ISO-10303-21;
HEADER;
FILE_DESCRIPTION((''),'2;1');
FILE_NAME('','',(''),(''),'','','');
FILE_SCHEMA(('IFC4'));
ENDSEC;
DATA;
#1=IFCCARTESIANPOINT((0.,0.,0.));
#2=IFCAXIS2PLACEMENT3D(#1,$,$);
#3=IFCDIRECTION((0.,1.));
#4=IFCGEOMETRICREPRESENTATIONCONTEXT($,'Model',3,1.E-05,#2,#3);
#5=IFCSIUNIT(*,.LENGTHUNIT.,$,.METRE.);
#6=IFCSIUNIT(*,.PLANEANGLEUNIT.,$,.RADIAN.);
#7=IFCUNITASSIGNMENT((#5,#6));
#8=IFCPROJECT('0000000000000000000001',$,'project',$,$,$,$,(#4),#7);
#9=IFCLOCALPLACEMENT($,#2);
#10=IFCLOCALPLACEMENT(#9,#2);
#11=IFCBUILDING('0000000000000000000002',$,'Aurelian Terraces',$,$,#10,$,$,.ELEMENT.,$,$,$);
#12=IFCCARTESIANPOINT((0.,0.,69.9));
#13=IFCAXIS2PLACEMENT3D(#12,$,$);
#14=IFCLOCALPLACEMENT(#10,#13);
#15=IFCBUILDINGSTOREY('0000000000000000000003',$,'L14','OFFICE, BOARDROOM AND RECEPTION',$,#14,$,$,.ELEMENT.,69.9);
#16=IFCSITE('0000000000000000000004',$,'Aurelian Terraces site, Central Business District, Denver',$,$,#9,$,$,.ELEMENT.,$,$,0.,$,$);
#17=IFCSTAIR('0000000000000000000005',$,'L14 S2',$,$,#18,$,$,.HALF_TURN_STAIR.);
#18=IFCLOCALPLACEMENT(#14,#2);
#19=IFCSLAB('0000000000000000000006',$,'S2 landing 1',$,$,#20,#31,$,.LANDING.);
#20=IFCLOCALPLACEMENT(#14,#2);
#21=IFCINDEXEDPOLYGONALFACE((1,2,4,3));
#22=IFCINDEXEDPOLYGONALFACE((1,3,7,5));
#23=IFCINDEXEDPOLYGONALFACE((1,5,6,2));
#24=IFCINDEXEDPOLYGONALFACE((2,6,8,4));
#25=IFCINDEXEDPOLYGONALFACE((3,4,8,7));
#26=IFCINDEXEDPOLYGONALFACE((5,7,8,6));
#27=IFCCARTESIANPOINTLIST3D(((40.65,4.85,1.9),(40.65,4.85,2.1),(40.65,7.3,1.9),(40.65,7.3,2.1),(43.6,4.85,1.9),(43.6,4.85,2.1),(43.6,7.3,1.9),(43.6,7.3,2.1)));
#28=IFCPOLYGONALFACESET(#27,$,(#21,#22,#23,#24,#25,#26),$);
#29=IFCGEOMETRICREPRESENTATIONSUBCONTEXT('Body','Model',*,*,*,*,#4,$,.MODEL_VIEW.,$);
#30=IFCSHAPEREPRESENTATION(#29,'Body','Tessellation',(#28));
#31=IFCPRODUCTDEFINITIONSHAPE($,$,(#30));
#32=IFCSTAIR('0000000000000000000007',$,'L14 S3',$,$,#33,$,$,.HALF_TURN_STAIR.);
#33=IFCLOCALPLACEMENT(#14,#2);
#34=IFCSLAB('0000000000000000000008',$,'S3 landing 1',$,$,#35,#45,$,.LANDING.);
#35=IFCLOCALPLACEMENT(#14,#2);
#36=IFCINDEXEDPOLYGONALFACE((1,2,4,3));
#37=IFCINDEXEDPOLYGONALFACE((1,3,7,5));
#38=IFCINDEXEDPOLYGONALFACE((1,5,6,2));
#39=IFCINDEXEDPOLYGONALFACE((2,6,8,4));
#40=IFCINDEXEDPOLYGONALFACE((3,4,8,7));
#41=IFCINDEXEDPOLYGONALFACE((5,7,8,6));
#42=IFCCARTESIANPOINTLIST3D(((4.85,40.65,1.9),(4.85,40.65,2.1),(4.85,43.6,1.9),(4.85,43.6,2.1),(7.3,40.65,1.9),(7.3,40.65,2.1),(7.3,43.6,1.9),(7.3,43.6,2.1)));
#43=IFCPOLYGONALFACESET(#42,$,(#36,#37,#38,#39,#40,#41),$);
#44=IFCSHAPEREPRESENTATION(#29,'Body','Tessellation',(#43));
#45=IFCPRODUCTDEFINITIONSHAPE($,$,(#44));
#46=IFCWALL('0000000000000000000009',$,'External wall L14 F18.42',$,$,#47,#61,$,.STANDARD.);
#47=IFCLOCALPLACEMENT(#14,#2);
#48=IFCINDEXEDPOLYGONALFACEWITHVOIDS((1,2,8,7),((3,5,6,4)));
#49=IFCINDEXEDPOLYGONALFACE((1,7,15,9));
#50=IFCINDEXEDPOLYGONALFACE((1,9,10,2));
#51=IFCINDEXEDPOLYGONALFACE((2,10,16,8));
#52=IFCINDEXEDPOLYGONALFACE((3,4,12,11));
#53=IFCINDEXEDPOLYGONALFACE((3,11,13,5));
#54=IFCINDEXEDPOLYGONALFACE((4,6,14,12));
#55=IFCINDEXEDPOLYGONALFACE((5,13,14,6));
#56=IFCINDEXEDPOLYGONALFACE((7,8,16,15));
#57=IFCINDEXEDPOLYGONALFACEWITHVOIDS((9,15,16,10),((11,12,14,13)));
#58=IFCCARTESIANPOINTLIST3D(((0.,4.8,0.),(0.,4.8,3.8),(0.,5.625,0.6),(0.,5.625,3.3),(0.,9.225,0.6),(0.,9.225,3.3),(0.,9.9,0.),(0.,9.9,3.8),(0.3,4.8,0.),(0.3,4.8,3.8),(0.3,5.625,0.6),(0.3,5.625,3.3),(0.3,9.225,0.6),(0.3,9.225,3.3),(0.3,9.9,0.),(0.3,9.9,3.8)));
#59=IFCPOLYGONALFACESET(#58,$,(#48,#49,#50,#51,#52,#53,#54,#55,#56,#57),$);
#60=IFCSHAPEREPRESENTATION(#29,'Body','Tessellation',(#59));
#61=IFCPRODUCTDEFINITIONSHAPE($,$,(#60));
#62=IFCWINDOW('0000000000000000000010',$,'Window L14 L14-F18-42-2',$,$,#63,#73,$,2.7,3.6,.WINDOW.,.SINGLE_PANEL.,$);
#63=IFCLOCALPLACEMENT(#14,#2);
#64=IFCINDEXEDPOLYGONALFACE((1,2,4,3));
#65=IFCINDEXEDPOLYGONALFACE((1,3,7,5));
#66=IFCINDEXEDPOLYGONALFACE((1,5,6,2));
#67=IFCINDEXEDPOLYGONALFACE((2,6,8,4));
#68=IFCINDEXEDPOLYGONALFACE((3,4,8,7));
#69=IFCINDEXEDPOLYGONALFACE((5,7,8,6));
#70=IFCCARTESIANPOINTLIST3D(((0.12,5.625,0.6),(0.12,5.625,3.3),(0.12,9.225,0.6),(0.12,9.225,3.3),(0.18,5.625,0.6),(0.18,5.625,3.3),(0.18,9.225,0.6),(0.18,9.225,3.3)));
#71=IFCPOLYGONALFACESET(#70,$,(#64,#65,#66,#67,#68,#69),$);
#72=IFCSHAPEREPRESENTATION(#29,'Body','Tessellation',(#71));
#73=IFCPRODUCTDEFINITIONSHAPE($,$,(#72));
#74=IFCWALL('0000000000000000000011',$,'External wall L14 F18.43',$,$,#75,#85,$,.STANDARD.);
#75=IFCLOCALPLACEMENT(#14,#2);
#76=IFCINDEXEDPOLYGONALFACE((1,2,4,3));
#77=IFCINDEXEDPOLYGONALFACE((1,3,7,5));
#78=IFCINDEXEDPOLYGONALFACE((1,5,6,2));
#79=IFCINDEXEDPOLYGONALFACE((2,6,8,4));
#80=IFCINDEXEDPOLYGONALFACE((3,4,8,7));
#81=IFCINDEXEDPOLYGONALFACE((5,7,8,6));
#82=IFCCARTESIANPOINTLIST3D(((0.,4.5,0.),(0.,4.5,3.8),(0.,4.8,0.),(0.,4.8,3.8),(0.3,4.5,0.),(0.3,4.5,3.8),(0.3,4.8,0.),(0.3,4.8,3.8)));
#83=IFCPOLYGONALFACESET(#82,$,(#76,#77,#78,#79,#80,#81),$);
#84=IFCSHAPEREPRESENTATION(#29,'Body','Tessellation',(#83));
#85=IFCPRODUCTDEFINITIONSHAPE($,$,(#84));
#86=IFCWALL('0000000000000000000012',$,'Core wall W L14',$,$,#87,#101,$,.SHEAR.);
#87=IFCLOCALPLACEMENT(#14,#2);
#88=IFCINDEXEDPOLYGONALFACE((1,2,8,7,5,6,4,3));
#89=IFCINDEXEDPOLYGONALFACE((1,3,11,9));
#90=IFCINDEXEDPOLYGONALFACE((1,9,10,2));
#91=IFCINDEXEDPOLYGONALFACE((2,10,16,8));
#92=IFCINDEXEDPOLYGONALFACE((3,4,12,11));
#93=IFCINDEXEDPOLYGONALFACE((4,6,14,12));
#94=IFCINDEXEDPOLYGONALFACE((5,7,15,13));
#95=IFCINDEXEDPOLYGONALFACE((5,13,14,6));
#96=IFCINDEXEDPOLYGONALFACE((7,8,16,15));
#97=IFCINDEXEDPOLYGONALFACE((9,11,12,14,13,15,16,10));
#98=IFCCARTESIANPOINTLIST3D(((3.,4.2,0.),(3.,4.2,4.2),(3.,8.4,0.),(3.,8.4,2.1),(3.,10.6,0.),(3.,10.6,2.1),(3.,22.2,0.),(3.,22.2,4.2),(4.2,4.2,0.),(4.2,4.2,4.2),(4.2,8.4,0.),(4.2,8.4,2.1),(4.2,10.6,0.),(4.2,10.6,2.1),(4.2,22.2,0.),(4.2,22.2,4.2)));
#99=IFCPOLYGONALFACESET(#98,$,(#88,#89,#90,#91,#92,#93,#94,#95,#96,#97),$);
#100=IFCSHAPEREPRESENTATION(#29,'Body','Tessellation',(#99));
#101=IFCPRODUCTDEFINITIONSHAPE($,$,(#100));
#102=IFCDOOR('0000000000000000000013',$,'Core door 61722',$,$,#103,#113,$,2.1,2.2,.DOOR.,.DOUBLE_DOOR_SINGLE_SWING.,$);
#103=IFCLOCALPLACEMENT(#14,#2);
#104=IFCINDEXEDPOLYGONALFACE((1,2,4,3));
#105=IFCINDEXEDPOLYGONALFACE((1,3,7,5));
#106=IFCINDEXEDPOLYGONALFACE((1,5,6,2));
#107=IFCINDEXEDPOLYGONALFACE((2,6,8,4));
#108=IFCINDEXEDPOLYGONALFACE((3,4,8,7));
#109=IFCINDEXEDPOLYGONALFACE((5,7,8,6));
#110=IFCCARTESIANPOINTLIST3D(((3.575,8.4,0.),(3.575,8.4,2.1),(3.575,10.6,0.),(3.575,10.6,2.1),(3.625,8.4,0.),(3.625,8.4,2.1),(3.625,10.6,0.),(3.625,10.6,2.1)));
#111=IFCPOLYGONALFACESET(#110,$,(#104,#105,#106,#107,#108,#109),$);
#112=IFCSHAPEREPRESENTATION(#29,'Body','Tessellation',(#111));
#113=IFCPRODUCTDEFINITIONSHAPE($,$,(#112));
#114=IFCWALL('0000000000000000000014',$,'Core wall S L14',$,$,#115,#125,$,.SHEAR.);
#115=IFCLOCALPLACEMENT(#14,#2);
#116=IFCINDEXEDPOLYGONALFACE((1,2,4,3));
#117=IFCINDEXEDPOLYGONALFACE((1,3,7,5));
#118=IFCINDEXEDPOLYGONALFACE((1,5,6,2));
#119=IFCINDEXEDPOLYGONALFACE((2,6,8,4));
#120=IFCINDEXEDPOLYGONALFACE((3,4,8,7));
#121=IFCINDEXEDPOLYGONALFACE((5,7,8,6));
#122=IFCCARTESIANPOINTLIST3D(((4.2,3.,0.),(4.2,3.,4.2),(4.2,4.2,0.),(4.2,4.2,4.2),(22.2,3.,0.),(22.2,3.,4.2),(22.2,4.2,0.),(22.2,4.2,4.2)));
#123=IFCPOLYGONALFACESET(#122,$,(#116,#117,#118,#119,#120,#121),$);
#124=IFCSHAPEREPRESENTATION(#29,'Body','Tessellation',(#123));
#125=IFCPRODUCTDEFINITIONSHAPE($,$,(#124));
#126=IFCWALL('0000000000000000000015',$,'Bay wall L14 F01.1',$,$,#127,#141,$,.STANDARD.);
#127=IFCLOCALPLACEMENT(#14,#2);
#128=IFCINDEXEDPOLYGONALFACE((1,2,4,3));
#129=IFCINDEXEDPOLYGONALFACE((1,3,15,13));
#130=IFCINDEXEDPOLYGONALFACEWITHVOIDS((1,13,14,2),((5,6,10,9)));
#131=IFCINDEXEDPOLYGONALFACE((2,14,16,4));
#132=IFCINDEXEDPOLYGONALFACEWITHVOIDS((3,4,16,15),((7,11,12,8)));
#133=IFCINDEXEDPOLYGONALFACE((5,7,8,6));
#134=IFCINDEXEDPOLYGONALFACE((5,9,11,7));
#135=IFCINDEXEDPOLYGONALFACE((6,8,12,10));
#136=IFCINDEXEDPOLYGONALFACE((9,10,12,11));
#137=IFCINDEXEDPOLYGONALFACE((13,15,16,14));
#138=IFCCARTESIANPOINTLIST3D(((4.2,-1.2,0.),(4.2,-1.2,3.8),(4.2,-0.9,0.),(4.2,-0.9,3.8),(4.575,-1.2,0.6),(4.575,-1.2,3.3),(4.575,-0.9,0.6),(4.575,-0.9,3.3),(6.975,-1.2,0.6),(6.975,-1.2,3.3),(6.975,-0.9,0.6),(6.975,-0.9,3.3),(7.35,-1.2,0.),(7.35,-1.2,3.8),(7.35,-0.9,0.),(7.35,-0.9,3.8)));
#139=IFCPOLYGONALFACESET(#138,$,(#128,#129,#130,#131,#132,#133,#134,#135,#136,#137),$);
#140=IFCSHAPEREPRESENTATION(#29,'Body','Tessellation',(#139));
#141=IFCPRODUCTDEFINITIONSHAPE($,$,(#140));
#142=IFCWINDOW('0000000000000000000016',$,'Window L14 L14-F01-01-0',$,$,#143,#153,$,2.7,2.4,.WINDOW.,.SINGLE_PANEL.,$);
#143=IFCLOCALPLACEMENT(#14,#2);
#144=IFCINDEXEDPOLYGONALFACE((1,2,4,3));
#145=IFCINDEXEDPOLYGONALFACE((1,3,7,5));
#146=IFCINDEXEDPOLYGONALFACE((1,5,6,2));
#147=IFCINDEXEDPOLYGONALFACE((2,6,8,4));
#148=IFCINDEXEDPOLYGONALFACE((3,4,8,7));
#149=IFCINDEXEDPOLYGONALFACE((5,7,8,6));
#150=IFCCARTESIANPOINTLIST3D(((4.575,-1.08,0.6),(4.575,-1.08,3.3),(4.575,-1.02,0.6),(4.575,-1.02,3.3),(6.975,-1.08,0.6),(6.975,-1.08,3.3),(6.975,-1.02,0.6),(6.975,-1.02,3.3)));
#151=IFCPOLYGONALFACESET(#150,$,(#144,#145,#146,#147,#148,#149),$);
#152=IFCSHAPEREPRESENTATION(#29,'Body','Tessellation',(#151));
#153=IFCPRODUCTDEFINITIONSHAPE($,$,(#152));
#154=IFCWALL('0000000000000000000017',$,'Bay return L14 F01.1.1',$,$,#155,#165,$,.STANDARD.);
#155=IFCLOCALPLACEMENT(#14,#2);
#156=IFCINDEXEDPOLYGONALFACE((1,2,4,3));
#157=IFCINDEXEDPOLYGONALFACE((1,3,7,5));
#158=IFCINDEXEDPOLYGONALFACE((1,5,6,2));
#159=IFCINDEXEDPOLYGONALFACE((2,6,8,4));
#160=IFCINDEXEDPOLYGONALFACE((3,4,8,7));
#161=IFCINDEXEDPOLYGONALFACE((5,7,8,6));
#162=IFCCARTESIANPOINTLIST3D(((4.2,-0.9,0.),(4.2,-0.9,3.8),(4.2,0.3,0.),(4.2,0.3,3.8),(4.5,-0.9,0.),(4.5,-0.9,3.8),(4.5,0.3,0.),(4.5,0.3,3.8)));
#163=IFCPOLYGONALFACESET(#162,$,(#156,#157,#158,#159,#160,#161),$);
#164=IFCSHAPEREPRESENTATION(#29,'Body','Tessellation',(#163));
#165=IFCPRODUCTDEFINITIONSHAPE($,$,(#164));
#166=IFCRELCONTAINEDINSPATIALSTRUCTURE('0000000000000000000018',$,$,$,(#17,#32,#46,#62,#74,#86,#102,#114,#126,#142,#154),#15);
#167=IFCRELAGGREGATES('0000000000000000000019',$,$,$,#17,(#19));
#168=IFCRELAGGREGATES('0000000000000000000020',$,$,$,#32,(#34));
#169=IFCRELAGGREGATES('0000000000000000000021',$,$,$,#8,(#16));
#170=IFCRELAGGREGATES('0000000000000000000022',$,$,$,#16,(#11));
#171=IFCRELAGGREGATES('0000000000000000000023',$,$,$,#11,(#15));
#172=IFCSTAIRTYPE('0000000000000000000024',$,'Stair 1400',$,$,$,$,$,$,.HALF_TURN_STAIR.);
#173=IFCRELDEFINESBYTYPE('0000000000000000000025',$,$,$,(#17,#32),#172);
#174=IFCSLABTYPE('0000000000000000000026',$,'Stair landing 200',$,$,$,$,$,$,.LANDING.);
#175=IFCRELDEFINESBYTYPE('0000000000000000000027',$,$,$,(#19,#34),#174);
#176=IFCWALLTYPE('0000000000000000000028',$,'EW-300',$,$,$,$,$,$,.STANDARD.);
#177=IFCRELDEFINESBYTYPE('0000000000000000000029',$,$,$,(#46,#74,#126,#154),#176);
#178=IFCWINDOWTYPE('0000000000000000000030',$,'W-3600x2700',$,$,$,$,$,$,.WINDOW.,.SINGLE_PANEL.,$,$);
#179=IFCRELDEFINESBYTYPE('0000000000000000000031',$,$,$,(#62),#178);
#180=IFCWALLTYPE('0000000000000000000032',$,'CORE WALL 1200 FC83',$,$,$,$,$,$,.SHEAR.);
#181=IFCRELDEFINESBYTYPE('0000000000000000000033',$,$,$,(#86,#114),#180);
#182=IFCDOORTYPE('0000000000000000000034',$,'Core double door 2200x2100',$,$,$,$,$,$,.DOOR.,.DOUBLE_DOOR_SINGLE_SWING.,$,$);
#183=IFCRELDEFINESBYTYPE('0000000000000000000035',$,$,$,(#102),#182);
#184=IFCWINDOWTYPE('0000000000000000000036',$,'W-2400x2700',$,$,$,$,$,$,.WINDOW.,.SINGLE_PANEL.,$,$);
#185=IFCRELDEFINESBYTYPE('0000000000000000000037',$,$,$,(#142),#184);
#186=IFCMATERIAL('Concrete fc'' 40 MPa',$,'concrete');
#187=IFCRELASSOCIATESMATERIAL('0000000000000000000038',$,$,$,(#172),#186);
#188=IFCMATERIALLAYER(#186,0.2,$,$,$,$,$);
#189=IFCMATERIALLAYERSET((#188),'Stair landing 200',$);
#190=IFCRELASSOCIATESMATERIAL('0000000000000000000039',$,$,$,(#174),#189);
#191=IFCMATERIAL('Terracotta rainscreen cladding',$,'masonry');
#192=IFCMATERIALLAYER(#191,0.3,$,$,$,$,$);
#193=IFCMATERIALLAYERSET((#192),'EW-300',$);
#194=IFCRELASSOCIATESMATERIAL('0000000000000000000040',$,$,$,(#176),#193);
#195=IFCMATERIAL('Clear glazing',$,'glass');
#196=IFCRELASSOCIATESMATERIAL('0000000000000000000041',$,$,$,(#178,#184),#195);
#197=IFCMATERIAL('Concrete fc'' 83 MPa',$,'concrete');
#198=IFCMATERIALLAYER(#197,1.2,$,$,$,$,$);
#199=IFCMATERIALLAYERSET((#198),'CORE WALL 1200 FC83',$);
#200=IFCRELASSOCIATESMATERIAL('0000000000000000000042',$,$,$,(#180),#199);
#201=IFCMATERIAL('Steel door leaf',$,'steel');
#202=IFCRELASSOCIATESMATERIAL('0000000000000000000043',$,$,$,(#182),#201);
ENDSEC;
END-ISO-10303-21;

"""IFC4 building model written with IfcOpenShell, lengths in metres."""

from ifc_helpers import new_model, si_unit, direction, frame, frame_2d, origin, place, context, subcontext, project, spatial, polyline, rectangle, outline, extrude, source, transform, mapped, material, layer, layer_set, type_object, element, fill, aggregate, save


model = new_model("IFC4")

# Units and contexts
model_context = context("Model", 3, precision=1e-05, world=origin(), true_north=direction((0.0, 1.0)))
body_context = subcontext(model_context, "Body", "Model", "MODEL_VIEW")
ifc_project = project(units=[si_unit("LENGTHUNIT", "METRE"), si_unit("PLANEANGLEUNIT", "RADIAN")], contexts=[model_context])

# Site, building, storey
site_placement = place(None, origin())
site = spatial("IfcSite", under=ifc_project, at=site_placement, Name="Aurelian Terraces site, Central Business District, Denver", CompositionType="ELEMENT", RefElevation=0.0)
building_placement = place(site_placement, origin())
building = spatial("IfcBuilding", under=site, at=building_placement, Name="Aurelian Terraces", CompositionType="ELEMENT")
storey_placement = place(building_placement, frame((0.0, 0.0, 69.9)))
storey = spatial("IfcBuildingStorey", under=building, at=storey_placement, Name="L14", Description="OFFICE, BOARDROOM AND RECEPTION", CompositionType="ELEMENT", Elevation=69.9)

# Stairs, slabs
ifc_material_1 = material(Name="Concrete fc' 40 MPa", Category="concrete")
stair_type = type_object("IfcStairType", Name="Stair 1400", PredefinedType="HALF_TURN_STAIR", material=ifc_material_1)
stair_1_placement = place(storey_placement, origin())
stair_1 = element("IfcStair", 1, at=stair_1_placement, inside=storey, type_object=stair_type, Name="L14 S2", PredefinedType="HALF_TURN_STAIR")
ifc_layer_1 = layer(ifc_material_1, 0.2)
ifc_layer_set_1 = layer_set([ifc_layer_1], Name="Stair landing 200")
slab_type = type_object("IfcSlabType", Name="Stair landing 200", PredefinedType="LANDING", material=ifc_layer_set_1)
shared_shape_1 = source(origin(), body_context, "Body", "SweptSolid", [
    extrude(outline(polyline([(43.6, 4.85), (43.6, 7.3), (40.65, 7.3), (40.65, 4.85), (43.6, 4.85)])), origin(), (0.0, 0.0, 1.0), 0.2),
])
slab_1_placement = place(storey_placement, frame((0.0, 0.0, 1.9)))
slab_1 = element("IfcSlab", 2, at=slab_1_placement, type_object=slab_type, Name="S2 landing 1", PredefinedType="LANDING", context=body_context, shape_type="MappedRepresentation", body=[
    mapped(shared_shape_1, transform((0.0, 0.0, 0.0), scale=1.0)),
])
aggregate(stair_1, [slab_1])
stair_2_placement = place(storey_placement, origin())
stair_2 = element("IfcStair", 3, at=stair_2_placement, inside=storey, type_object=stair_type, Name="L14 S3", PredefinedType="HALF_TURN_STAIR")
shared_shape_2 = source(origin(), body_context, "Body", "SweptSolid", [
    extrude(outline(polyline([(4.85, 40.65), (7.3, 40.65), (7.3, 43.6), (4.85, 43.6), (4.85, 40.65)])), origin(), (0.0, 0.0, 1.0), 0.2),
])
slab_2_placement = place(storey_placement, frame((0.0, 0.0, 1.9)))
slab_2 = element("IfcSlab", 4, at=slab_2_placement, type_object=slab_type, Name="S3 landing 1", PredefinedType="LANDING", context=body_context, shape_type="MappedRepresentation", body=[
    mapped(shared_shape_2, transform((0.0, 0.0, 0.0), scale=1.0)),
])
aggregate(stair_2, [slab_2])

# Wall, opening, window
ifc_material_2 = material(Name="Terracotta rainscreen cladding", Category="masonry")
ifc_layer_2 = layer(ifc_material_2, 0.3)
ifc_layer_set_2 = layer_set([ifc_layer_2], Name="EW-300")
wall_type_1 = type_object("IfcWallType", Name="EW-300", PredefinedType="STANDARD", material=ifc_layer_set_2)
wall_1_placement = place(storey_placement, frame((0.15, 9.9, 0.0), z_axis=(0.0, 0.0, 1.0), x_axis=(0.0, -1.0, 0.0)))
wall_1 = element("IfcWall", 5, at=wall_1_placement, inside=storey, type_object=wall_type_1, Name="External wall L14 F18.42", PredefinedType="STANDARD", context=body_context, shape_type="SweptSolid", body=[
    extrude(rectangle(XDim=5.1, YDim=0.3, at=frame_2d((2.55, 0.0))), origin(), (0.0, 0.0, 1.0), 3.8),
])
shared_shape_3 = source(origin(), body_context, "Body", "SweptSolid", [
    extrude(rectangle(XDim=3.6, YDim=2.7, at=frame_2d((1.8, 1.35))), frame((0.0, 0.16, 0.0), z_axis=(0.0, -1.0, 0.0), x_axis=(1.0, 0.0, 0.0)), (0.0, 0.0, 1.0), 0.32),
])
opening_1_placement = place(wall_1_placement, frame((0.675, 0.0, 0.6)))
opening_1 = element("IfcOpeningElement", 6, at=opening_1_placement, cuts=wall_1, PredefinedType="OPENING", context=body_context, shape_type="MappedRepresentation", body=[
    mapped(shared_shape_3, transform((0.0, 0.0, 0.0), scale=1.0)),
])
ifc_material_3 = material(Name="Clear glazing", Category="glass")
window_type_1 = type_object("IfcWindowType", Name="W-3600x2700", PartitioningType="SINGLE_PANEL", PredefinedType="WINDOW", material=ifc_material_3)
shared_shape_4 = source(origin(), body_context, "Body", "SweptSolid", [
    extrude(rectangle(XDim=3.6, YDim=2.7, at=frame_2d((1.8, 1.35))), frame((0.0, 0.03, 0.0), z_axis=(0.0, -1.0, 0.0), x_axis=(1.0, 0.0, 0.0)), (0.0, 0.0, 1.0), 0.06),
])
window_1_placement = place(opening_1_placement, origin())
window_1 = element("IfcWindow", 7, at=window_1_placement, inside=storey, type_object=window_type_1, Name="Window L14 L14-F18-42-2", OverallHeight=2.7, OverallWidth=3.6, PartitioningType="SINGLE_PANEL", PredefinedType="WINDOW", context=body_context, shape_type="MappedRepresentation", body=[
    mapped(shared_shape_4, transform((0.0, 0.0, 0.0), scale=1.0)),
])
fill(opening_1, window_1)

# Wall
wall_2_placement = place(storey_placement, frame((0.15, 4.8, 0.0), z_axis=(0.0, 0.0, 1.0), x_axis=(0.0, -1.0, 0.0)))
element("IfcWall", 8, at=wall_2_placement, inside=storey, type_object=wall_type_1, Name="External wall L14 F18.43", PredefinedType="STANDARD", context=body_context, shape_type="SweptSolid", body=[
    extrude(rectangle(XDim=0.3, YDim=0.3, at=frame_2d((0.15, 0.0))), origin(), (0.0, 0.0, 1.0), 3.8),
])

# Wall, opening, door
ifc_material_4 = material(Name="Concrete fc' 83 MPa", Category="concrete")
ifc_layer_3 = layer(ifc_material_4, 1.2)
ifc_layer_set_3 = layer_set([ifc_layer_3], Name="CORE WALL 1200 FC83")
wall_type_2 = type_object("IfcWallType", Name="CORE WALL 1200 FC83", PredefinedType="SHEAR", material=ifc_layer_set_3)
shared_shape_5 = source(origin(), body_context, "Body", "SweptSolid", [
    extrude(rectangle(XDim=18.0, YDim=1.2, at=frame_2d((9.0, 0.0))), origin(), (0.0, 0.0, 1.0), 4.2),
])
wall_3_placement = place(storey_placement, frame((3.6, 4.2, 0.0), z_axis=(0.0, 0.0, 1.0), x_axis=(0.0, 1.0, 0.0)))
wall_3 = element("IfcWall", 9, at=wall_3_placement, inside=storey, type_object=wall_type_2, Name="Core wall W L14", PredefinedType="SHEAR", context=body_context, shape_type="MappedRepresentation", body=[
    mapped(shared_shape_5, transform((0.0, 0.0, 0.0), scale=1.0)),
])
shared_shape_6 = source(origin(), body_context, "Body", "SweptSolid", [
    extrude(rectangle(XDim=2.2, YDim=2.1, at=frame_2d((1.1, 1.05))), frame((0.0, 0.61, 0.0), z_axis=(0.0, -1.0, 0.0), x_axis=(1.0, 0.0, 0.0)), (0.0, 0.0, 1.0), 1.22),
])
opening_2_placement = place(wall_3_placement, frame((4.2, 0.0, 0.0)))
opening_2 = element("IfcOpeningElement", 10, at=opening_2_placement, cuts=wall_3, PredefinedType="OPENING", context=body_context, shape_type="MappedRepresentation", body=[
    mapped(shared_shape_6, transform((0.0, 0.0, 0.0), scale=1.0)),
])
ifc_material_5 = material(Name="Steel door leaf", Category="steel")
door_type_1 = type_object("IfcDoorType", Name="Core double door 2200x2100", OperationType="DOUBLE_DOOR_SINGLE_SWING", PredefinedType="DOOR", material=ifc_material_5)
shared_shape_7 = source(origin(), body_context, "Body", "SweptSolid", [
    extrude(rectangle(XDim=2.2, YDim=2.1, at=frame_2d((1.1, 1.05))), frame((0.0, 0.025, 0.0), z_axis=(0.0, -1.0, 0.0), x_axis=(1.0, 0.0, 0.0)), (0.0, 0.0, 1.0), 0.05),
])
door_1_placement = place(opening_2_placement, origin())
door_1 = element("IfcDoor", 11, at=door_1_placement, inside=storey, type_object=door_type_1, Name="Core door 61722", OperationType="DOUBLE_DOOR_SINGLE_SWING", OverallHeight=2.1, OverallWidth=2.2, PredefinedType="DOOR", context=body_context, shape_type="MappedRepresentation", body=[
    mapped(shared_shape_7, transform((0.0, 0.0, 0.0), scale=1.0)),
])
fill(opening_2, door_1)

# Wall
wall_4_placement = place(storey_placement, frame((4.2, 3.6, 0.0), z_axis=(0.0, 0.0, 1.0), x_axis=(1.0, 0.0, 0.0)))
element("IfcWall", 12, at=wall_4_placement, inside=storey, type_object=wall_type_2, Name="Core wall S L14", PredefinedType="SHEAR", context=body_context, shape_type="MappedRepresentation", body=[
    mapped(shared_shape_5, transform((0.0, 0.0, 0.0), scale=1.0)),
])

# Wall, opening, window
shared_shape_8 = source(origin(), body_context, "Body", "SweptSolid", [
    extrude(rectangle(XDim=3.15, YDim=0.3, at=frame_2d((1.575, 0.0))), origin(), (0.0, 0.0, 1.0), 3.8),
])
wall_5_placement = place(storey_placement, frame((4.2, -1.05, 0.0), z_axis=(0.0, 0.0, 1.0), x_axis=(1.0, 0.0, 0.0)))
wall_5 = element("IfcWall", 13, at=wall_5_placement, inside=storey, type_object=wall_type_1, Name="Bay wall L14 F01.1", PredefinedType="STANDARD", context=body_context, shape_type="MappedRepresentation", body=[
    mapped(shared_shape_8, transform((0.0, 0.0, 0.0), scale=1.0)),
])
shared_shape_9 = source(origin(), body_context, "Body", "SweptSolid", [
    extrude(rectangle(XDim=2.4, YDim=2.7, at=frame_2d((1.2, 1.35))), frame((0.0, 0.16, 0.0), z_axis=(0.0, -1.0, 0.0), x_axis=(1.0, 0.0, 0.0)), (0.0, 0.0, 1.0), 0.32),
])
opening_3_placement = place(wall_5_placement, frame((0.375, 0.0, 0.6)))
opening_3 = element("IfcOpeningElement", 14, at=opening_3_placement, cuts=wall_5, PredefinedType="OPENING", context=body_context, shape_type="MappedRepresentation", body=[
    mapped(shared_shape_9, transform((0.0, 0.0, 0.0), scale=1.0)),
])
window_type_2 = type_object("IfcWindowType", Name="W-2400x2700", PartitioningType="SINGLE_PANEL", PredefinedType="WINDOW", material=ifc_material_3)
shared_shape_10 = source(origin(), body_context, "Body", "SweptSolid", [
    extrude(rectangle(XDim=2.4, YDim=2.7, at=frame_2d((1.2, 1.35))), frame((0.0, 0.03, 0.0), z_axis=(0.0, -1.0, 0.0), x_axis=(1.0, 0.0, 0.0)), (0.0, 0.0, 1.0), 0.06),
])
window_2_placement = place(opening_3_placement, origin())
window_2 = element("IfcWindow", 15, at=window_2_placement, inside=storey, type_object=window_type_2, Name="Window L14 L14-F01-01-0", OverallHeight=2.7, OverallWidth=2.4, PartitioningType="SINGLE_PANEL", PredefinedType="WINDOW", context=body_context, shape_type="MappedRepresentation", body=[
    mapped(shared_shape_10, transform((0.0, 0.0, 0.0), scale=1.0)),
])
fill(opening_3, window_2)

# Wall
shared_shape_11 = source(origin(), body_context, "Body", "SweptSolid", [
    extrude(rectangle(XDim=1.2, YDim=0.3, at=frame_2d((0.6, 0.0))), origin(), (0.0, 0.0, 1.0), 3.8),
])
wall_6_placement = place(storey_placement, frame((4.35, 0.3, 0.0), z_axis=(0.0, 0.0, 1.0), x_axis=(0.0, -1.0, 0.0)))
element("IfcWall", 16, at=wall_6_placement, inside=storey, type_object=wall_type_1, Name="Bay return L14 F01.1.1", PredefinedType="STANDARD", context=body_context, shape_type="MappedRepresentation", body=[
    mapped(shared_shape_11, transform((0.0, 0.0, 0.0), scale=1.0)),
])

save(model, "model.ifc")
